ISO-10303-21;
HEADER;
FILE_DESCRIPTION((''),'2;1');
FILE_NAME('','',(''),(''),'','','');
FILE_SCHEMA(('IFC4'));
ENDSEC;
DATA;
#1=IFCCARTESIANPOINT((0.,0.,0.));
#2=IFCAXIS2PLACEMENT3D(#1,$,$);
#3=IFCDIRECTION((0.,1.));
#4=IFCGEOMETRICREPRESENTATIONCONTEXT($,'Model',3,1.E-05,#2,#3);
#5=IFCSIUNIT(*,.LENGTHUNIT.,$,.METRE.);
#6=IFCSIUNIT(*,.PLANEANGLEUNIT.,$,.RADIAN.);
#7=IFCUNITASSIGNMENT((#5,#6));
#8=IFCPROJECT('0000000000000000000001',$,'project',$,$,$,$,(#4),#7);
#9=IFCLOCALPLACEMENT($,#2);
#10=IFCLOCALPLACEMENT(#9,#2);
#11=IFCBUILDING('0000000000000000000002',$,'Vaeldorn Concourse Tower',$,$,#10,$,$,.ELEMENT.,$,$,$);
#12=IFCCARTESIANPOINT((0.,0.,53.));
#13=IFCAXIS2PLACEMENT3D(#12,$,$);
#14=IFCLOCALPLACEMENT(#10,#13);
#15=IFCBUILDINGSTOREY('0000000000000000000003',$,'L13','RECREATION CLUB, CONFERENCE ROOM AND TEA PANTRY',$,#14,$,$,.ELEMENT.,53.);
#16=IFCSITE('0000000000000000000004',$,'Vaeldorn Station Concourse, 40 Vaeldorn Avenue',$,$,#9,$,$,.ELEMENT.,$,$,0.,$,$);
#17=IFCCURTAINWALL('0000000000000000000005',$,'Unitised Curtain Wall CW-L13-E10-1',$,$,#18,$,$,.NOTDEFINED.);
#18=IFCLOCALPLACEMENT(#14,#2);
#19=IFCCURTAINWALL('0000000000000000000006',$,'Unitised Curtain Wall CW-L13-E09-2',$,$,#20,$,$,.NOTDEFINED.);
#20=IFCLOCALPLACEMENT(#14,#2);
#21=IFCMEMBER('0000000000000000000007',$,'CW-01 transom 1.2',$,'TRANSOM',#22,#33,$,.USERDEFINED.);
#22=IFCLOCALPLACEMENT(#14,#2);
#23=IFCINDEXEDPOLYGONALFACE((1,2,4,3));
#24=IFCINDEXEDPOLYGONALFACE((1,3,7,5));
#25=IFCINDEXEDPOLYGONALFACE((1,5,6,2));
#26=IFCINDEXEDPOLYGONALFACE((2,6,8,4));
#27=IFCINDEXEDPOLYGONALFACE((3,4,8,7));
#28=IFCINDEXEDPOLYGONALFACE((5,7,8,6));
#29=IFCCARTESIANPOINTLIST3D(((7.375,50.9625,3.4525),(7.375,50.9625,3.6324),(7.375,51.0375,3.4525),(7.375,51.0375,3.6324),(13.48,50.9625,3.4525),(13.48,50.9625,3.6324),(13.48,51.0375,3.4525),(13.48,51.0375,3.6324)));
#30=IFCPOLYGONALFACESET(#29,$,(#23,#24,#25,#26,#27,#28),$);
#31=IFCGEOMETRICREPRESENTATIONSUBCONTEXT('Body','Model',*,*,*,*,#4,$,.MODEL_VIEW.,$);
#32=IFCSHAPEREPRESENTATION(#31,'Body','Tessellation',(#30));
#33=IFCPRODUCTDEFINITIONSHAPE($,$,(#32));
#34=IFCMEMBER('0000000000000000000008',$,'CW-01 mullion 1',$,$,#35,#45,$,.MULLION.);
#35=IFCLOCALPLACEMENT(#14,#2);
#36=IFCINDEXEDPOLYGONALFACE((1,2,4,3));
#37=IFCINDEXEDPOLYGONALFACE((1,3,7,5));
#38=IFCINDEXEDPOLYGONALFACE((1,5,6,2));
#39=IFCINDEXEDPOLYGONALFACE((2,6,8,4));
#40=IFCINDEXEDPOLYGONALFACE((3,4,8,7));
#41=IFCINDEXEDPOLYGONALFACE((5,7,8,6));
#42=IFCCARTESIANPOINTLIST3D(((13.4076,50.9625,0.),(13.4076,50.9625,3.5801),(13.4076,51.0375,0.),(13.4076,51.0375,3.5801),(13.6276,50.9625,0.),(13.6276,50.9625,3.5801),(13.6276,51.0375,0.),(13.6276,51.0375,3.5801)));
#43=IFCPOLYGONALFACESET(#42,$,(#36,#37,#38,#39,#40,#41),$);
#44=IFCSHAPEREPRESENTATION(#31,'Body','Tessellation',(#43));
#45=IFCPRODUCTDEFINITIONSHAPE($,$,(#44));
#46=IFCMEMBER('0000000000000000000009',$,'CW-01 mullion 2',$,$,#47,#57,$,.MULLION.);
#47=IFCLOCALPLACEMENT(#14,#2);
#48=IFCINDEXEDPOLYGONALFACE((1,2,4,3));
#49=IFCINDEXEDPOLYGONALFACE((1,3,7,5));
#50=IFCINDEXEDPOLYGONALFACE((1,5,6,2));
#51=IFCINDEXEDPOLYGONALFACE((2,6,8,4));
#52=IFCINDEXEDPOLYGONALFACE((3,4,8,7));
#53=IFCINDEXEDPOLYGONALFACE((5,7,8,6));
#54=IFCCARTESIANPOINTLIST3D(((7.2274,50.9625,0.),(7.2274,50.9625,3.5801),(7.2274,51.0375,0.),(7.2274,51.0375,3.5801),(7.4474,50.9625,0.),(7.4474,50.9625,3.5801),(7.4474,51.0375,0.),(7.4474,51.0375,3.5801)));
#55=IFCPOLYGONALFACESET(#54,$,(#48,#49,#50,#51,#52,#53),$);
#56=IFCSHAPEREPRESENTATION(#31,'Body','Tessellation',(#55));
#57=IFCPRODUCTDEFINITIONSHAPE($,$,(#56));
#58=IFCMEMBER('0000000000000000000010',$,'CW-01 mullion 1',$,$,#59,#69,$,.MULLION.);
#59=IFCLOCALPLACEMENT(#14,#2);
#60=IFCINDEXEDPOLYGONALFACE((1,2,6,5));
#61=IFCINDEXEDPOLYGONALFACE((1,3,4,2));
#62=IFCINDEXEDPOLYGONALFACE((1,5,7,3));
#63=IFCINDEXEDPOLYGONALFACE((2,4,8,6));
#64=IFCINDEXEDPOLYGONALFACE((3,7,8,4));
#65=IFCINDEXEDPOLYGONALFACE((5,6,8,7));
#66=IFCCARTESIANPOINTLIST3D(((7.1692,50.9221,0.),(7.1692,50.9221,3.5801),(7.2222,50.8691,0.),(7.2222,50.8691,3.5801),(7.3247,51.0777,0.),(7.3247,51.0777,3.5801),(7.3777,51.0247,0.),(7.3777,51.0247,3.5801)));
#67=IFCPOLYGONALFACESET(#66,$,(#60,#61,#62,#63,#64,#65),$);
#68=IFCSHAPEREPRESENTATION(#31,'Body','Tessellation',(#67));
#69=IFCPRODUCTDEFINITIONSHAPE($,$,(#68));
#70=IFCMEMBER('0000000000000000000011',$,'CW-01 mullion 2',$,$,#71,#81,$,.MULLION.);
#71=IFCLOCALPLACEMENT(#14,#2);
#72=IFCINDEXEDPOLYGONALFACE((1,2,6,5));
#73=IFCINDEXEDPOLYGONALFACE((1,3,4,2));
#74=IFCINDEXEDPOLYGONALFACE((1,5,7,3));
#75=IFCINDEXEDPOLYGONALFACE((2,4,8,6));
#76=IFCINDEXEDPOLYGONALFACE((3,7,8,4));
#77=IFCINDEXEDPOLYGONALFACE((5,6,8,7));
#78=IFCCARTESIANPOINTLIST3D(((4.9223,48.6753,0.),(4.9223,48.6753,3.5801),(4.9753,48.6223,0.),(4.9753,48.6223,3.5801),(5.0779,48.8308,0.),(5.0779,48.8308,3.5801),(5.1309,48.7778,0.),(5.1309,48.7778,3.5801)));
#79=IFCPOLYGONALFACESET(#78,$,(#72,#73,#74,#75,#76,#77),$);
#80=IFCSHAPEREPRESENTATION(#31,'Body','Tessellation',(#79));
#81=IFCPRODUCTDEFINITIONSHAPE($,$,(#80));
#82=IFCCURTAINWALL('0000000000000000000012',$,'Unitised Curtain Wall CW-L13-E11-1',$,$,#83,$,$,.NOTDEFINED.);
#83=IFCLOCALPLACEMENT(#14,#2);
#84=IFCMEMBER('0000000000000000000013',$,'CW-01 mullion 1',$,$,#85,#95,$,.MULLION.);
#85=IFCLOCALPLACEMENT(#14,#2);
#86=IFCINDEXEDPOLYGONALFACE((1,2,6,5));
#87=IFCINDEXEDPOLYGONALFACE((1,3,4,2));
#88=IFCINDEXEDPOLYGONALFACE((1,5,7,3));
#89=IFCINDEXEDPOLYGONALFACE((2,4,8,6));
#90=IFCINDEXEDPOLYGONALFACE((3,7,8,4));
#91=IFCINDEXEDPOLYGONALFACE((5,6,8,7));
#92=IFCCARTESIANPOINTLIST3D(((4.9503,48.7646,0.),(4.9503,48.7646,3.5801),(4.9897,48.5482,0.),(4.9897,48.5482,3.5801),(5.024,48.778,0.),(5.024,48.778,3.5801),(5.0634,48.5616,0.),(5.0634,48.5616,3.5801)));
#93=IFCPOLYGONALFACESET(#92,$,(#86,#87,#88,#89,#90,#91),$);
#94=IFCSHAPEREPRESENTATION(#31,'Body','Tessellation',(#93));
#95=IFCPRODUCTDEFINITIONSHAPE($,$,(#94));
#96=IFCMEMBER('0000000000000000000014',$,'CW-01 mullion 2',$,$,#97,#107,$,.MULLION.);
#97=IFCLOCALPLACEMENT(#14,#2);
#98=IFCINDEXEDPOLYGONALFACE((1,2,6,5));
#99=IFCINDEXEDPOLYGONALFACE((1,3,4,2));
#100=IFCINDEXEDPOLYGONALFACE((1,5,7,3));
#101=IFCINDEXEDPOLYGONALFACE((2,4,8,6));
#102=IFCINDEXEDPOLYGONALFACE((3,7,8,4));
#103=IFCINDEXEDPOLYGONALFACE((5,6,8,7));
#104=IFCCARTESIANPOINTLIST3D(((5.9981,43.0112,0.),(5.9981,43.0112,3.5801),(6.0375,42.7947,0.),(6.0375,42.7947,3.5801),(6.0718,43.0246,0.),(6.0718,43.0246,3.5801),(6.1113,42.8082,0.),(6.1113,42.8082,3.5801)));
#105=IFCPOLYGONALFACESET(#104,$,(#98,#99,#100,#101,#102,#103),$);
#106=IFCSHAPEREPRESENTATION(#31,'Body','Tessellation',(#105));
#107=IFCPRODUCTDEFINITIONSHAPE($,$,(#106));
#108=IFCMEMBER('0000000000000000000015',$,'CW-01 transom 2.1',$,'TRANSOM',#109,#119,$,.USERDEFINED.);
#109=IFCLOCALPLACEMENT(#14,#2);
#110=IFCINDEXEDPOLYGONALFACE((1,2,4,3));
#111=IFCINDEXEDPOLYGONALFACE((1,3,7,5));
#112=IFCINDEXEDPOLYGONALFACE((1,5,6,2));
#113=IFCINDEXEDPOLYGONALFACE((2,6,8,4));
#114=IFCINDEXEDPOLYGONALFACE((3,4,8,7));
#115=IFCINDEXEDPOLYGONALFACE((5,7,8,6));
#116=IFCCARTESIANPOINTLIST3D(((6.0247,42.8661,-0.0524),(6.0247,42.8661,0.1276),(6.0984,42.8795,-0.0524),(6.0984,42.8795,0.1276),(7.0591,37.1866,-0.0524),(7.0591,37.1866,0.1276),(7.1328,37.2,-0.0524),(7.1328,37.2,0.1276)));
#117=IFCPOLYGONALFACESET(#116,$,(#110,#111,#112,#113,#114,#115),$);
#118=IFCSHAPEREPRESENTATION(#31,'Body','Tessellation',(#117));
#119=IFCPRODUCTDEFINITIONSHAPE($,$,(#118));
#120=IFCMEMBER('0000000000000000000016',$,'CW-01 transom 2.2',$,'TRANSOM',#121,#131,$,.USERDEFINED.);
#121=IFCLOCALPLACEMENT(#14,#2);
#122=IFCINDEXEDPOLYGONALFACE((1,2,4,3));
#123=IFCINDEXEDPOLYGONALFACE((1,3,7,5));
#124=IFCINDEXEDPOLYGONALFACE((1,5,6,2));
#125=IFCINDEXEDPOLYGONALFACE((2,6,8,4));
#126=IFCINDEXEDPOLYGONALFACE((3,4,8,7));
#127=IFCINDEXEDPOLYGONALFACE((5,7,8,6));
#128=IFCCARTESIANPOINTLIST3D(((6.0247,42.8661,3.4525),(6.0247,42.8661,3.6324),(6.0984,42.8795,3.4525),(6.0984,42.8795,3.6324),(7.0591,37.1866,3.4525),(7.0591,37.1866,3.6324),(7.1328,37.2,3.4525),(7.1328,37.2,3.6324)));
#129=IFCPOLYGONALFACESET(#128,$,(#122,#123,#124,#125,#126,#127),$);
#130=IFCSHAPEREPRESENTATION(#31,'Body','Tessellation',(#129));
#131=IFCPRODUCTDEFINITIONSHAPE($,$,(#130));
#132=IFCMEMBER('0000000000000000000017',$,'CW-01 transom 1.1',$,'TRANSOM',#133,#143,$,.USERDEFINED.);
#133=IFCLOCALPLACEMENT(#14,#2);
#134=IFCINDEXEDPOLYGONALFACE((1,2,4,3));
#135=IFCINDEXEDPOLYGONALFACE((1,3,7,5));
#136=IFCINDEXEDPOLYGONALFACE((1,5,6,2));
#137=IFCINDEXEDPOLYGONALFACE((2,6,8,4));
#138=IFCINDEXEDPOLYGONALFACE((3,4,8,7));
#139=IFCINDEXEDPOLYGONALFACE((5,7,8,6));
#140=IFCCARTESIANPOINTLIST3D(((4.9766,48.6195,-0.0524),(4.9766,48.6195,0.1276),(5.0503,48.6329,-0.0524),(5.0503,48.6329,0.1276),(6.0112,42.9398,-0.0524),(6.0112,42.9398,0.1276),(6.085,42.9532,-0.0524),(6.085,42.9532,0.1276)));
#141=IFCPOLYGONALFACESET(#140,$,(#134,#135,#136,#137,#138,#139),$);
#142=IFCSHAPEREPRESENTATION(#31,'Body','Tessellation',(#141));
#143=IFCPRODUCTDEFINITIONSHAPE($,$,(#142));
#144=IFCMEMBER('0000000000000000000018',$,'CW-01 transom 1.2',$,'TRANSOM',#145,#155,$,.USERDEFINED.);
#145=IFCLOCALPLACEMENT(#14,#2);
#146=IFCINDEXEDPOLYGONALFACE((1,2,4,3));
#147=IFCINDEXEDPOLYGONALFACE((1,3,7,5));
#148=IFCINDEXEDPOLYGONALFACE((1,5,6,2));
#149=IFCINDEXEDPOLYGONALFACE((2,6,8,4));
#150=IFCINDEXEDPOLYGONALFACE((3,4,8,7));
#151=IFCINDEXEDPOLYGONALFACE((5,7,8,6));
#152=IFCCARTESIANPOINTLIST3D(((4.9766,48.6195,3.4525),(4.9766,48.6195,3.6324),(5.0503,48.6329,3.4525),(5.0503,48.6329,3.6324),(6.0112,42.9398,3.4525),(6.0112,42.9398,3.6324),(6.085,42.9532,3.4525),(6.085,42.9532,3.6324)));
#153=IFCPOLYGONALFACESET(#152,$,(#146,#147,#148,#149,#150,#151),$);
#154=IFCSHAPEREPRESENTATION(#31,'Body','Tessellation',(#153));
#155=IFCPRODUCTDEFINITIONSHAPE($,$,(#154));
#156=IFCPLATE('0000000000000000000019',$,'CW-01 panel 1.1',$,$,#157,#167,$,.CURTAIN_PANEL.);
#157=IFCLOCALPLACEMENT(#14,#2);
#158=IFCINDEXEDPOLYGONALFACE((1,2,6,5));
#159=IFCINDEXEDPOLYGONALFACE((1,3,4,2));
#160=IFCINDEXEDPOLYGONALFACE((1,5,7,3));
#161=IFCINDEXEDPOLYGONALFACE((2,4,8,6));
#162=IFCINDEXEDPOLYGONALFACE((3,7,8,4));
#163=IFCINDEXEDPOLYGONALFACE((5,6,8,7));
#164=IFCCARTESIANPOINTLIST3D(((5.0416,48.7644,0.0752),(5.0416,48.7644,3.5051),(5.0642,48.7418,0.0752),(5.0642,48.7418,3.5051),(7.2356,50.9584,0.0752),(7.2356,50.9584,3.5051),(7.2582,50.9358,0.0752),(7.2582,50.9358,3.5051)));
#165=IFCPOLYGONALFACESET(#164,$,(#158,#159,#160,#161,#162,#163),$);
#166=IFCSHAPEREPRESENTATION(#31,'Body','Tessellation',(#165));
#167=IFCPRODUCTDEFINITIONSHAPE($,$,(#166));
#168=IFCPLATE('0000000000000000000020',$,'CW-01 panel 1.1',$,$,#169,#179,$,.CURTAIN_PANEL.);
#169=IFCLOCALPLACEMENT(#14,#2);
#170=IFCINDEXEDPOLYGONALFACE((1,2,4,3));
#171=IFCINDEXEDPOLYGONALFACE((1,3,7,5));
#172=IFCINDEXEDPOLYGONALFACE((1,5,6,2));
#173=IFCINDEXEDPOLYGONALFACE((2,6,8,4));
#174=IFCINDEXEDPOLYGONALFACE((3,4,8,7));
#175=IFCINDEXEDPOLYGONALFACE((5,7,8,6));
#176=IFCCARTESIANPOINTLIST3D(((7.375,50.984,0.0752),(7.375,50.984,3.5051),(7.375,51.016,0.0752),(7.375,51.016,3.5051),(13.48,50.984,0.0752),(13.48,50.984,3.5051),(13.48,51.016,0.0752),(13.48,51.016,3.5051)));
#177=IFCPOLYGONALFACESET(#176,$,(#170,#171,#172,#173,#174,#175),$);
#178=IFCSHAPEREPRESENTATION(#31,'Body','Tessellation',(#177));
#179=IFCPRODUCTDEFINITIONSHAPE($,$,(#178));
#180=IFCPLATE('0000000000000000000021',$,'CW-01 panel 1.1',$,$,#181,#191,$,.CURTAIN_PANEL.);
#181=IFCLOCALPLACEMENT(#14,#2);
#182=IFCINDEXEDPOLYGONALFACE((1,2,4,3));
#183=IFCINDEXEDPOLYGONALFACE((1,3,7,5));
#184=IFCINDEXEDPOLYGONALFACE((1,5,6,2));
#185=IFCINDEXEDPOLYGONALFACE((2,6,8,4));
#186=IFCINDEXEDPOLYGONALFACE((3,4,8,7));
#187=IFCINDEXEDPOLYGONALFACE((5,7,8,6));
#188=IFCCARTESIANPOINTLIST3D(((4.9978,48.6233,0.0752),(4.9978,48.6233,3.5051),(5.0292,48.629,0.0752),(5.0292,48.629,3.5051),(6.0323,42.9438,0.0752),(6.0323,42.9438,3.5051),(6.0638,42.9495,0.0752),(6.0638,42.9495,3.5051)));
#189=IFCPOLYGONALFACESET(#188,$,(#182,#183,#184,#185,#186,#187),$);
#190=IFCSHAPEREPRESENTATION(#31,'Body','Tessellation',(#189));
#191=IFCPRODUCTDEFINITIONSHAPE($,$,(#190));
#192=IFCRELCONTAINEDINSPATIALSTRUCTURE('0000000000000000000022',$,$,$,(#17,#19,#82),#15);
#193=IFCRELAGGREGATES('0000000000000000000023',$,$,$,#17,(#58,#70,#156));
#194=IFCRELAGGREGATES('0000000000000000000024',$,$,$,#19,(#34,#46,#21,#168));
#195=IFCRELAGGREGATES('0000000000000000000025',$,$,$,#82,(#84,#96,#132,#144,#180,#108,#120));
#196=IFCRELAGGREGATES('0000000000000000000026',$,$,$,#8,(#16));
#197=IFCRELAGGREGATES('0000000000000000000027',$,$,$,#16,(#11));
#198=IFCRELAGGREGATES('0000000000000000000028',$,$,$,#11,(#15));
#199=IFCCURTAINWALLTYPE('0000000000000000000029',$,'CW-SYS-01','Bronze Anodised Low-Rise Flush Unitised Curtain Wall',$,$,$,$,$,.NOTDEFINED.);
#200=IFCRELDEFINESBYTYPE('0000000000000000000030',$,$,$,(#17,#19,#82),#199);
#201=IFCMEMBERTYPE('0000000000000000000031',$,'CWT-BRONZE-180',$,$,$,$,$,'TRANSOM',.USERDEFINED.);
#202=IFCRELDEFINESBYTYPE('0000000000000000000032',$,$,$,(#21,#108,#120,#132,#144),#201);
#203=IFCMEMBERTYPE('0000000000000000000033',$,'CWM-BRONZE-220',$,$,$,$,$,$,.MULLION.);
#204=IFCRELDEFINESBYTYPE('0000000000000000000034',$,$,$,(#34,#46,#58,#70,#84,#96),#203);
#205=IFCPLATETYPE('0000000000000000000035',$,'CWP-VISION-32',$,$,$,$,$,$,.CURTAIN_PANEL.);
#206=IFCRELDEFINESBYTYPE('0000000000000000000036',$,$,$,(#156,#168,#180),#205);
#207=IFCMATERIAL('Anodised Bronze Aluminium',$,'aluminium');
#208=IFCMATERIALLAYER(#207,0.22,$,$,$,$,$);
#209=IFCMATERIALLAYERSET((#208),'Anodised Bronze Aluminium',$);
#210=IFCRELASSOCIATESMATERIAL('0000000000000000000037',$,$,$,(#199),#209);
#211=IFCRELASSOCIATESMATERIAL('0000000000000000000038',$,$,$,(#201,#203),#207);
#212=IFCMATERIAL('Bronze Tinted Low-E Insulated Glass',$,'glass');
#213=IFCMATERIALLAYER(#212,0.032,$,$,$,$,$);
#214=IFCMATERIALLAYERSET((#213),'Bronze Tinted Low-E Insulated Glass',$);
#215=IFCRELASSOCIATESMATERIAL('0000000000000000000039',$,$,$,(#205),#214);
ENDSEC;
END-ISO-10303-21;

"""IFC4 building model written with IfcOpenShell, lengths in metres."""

from ifc_helpers import new_model, si_unit, direction, frame, origin, origin_2d, place, context, subcontext, project, spatial, rectangle, extrude, source, transform, mapped, material, layer, layer_set, material_profile, profile_set, type_object, element, aggregate, save


model = new_model("IFC4")

# Units and contexts
model_context = context("Model", 3, precision=1e-05, world=origin(), true_north=direction((0.0, 1.0)))
body_context = subcontext(model_context, "Body", "Model", "MODEL_VIEW")
ifc_project = project(units=[si_unit("LENGTHUNIT", "METRE"), si_unit("PLANEANGLEUNIT", "RADIAN")], contexts=[model_context])

# Site, building, storey
site_placement = place(None, origin())
site = spatial("IfcSite", under=ifc_project, at=site_placement, Name="Vaeldorn Station Concourse, 40 Vaeldorn Avenue", CompositionType="ELEMENT", RefElevation=0.0)
building_placement = place(site_placement, origin())
building = spatial("IfcBuilding", under=site, at=building_placement, Name="Vaeldorn Concourse Tower", CompositionType="ELEMENT")
storey_placement = place(building_placement, frame((0.0, 0.0, 53.0)))
storey = spatial("IfcBuildingStorey", under=building, at=storey_placement, Name="L13", Description="RECREATION CLUB, CONFERENCE ROOM AND TEA PANTRY", CompositionType="ELEMENT", Elevation=53.0)

# Curtain walls, members
ifc_material_1 = material(Name="Anodised Bronze Aluminium", Category="aluminium")
ifc_layer_1 = layer(ifc_material_1, 0.22)
ifc_layer_set_1 = layer_set([ifc_layer_1], Name="Anodised Bronze Aluminium")
curtain_wall_type = type_object("IfcCurtainWallType", Name="CW-SYS-01", Description="Bronze Anodised Low-Rise Flush Unitised Curtain Wall", PredefinedType="NOTDEFINED", material=ifc_layer_set_1)
curtain_wall_1_placement = place(storey_placement, origin())
curtain_wall_1 = element("IfcCurtainWall", 1, at=curtain_wall_1_placement, inside=storey, type_object=curtain_wall_type, Name="Unitised Curtain Wall CW-L13-E10-1", PredefinedType="NOTDEFINED")
ifc_material_profile_1 = material_profile(ifc_material_1, rectangle(XDim=0.075, YDim=0.1799, at=origin_2d()), Name="CWT 75x180")
ifc_profile_set_1 = profile_set([ifc_material_profile_1], Name="Anodised Bronze Aluminium")
member_type_1 = type_object("IfcMemberType", Name="CWT-BRONZE-180", ElementType="TRANSOM", PredefinedType="USERDEFINED", material=ifc_profile_set_1)
curtain_wall_2_placement = place(storey_placement, origin())
curtain_wall_2 = element("IfcCurtainWall", 2, at=curtain_wall_2_placement, inside=storey, type_object=curtain_wall_type, Name="Unitised Curtain Wall CW-L13-E09-2", PredefinedType="NOTDEFINED")
shared_shape_1 = source(origin(), body_context, "Body", "SweptSolid", [
    extrude(rectangle(XDim=0.075, YDim=0.1799, at=origin_2d()), origin(), (0.0, 0.0, 1.0), 6.105),
])
member_1_placement = place(storey_placement, frame((13.48, 51.0, 3.5425), z_axis=(-1.0, 0.0, 0.0), x_axis=(0.0, -1.0, 0.0)))
member_1 = element("IfcMember", 3, at=member_1_placement, type_object=member_type_1, Name="CW-01 transom 1.2", ObjectType="TRANSOM", PredefinedType="USERDEFINED", context=body_context, shape_type="MappedRepresentation", body=[
    mapped(shared_shape_1, transform((0.0, 0.0, 0.0), scale=1.0)),
])
ifc_material_profile_2 = material_profile(ifc_material_1, rectangle(XDim=0.075, YDim=0.22, at=origin_2d()), Name="CWM 75x220")
ifc_profile_set_2 = profile_set([ifc_material_profile_2], Name="Anodised Bronze Aluminium")
member_type_2 = type_object("IfcMemberType", Name="CWM-BRONZE-220", PredefinedType="MULLION", material=ifc_profile_set_2)
shared_shape_2 = source(origin(), body_context, "Body", "SweptSolid", [
    extrude(rectangle(XDim=0.075, YDim=0.22, at=origin_2d()), origin(), (0.0, 0.0, 1.0), 3.5801),
])
member_2_placement = place(storey_placement, frame((13.5176, 51.0, 0.0), z_axis=(0.0, 0.0, 1.0), x_axis=(0.0, -1.0, 0.0)))
member_2 = element("IfcMember", 4, at=member_2_placement, type_object=member_type_2, Name="CW-01 mullion 1", PredefinedType="MULLION", context=body_context, shape_type="MappedRepresentation", body=[
    mapped(shared_shape_2, transform((0.0, 0.0, 0.0), scale=1.0)),
])
member_3_placement = place(storey_placement, frame((7.3374, 51.0, 0.0), z_axis=(0.0, 0.0, 1.0), x_axis=(0.0, -1.0, 0.0)))
member_3 = element("IfcMember", 5, at=member_3_placement, type_object=member_type_2, Name="CW-01 mullion 2", PredefinedType="MULLION", context=body_context, shape_type="MappedRepresentation", body=[
    mapped(shared_shape_2, transform((0.0, 0.0, 0.0), scale=1.0)),
])

# Members
member_4_placement = place(storey_placement, frame((7.2734, 50.9734, 0.0), z_axis=(0.0, 0.0, 1.0), x_axis=(0.707107, -0.707107, 0.0)))
member_4 = element("IfcMember", 6, at=member_4_placement, type_object=member_type_2, Name="CW-01 mullion 1", PredefinedType="MULLION", context=body_context, shape_type="MappedRepresentation", body=[
    mapped(shared_shape_2, transform((0.0, 0.0, 0.0), scale=1.0)),
])
member_5_placement = place(storey_placement, frame((5.0266, 48.7266, 0.0), z_axis=(0.0, 0.0, 1.0), x_axis=(0.707107, -0.707107, 0.0)))
member_5 = element("IfcMember", 7, at=member_5_placement, type_object=member_type_2, Name="CW-01 mullion 2", PredefinedType="MULLION", context=body_context, shape_type="MappedRepresentation", body=[
    mapped(shared_shape_2, transform((0.0, 0.0, 0.0), scale=1.0)),
])

# Curtain wall, members
curtain_wall_3_placement = place(storey_placement, origin())
curtain_wall_3 = element("IfcCurtainWall", 8, at=curtain_wall_3_placement, inside=storey, type_object=curtain_wall_type, Name="Unitised Curtain Wall CW-L13-E11-1", PredefinedType="NOTDEFINED")
member_6_placement = place(storey_placement, frame((5.0068, 48.6631, 0.0), z_axis=(0.0, 0.0, 1.0), x_axis=(0.983812, 0.179202, 0.0)))
member_6 = element("IfcMember", 9, at=member_6_placement, type_object=member_type_2, Name="CW-01 mullion 1", PredefinedType="MULLION", context=body_context, shape_type="MappedRepresentation", body=[
    mapped(shared_shape_2, transform((0.0, 0.0, 0.0), scale=1.0)),
])
member_7_placement = place(storey_placement, frame((6.0547, 42.9097, 0.0), z_axis=(0.0, 0.0, 1.0), x_axis=(0.983812, 0.179202, 0.0)))
member_7 = element("IfcMember", 10, at=member_7_placement, type_object=member_type_2, Name="CW-01 mullion 2", PredefinedType="MULLION", context=body_context, shape_type="MappedRepresentation", body=[
    mapped(shared_shape_2, transform((0.0, 0.0, 0.0), scale=1.0)),
])
shared_shape_3 = source(origin(), body_context, "Body", "SweptSolid", [
    extrude(rectangle(XDim=0.075, YDim=0.1799, at=origin_2d()), origin(), (0.0, 0.0, 1.0), 5.7729),
])
member_8_placement = place(storey_placement, frame((6.0615, 42.8728, 0.0376), z_axis=(0.179187, -0.983815, 0.0), x_axis=(0.983815, 0.179187, 0.0)))
member_8 = element("IfcMember", 11, at=member_8_placement, type_object=member_type_1, Name="CW-01 transom 2.1", ObjectType="TRANSOM", PredefinedType="USERDEFINED", context=body_context, shape_type="MappedRepresentation", body=[
    mapped(shared_shape_3, transform((0.0, 0.0, 0.0), scale=1.0)),
])
member_9_placement = place(storey_placement, frame((6.0615, 42.8728, 3.5425), z_axis=(0.179187, -0.983815, 0.0), x_axis=(0.983815, 0.179187, 0.0)))
member_9 = element("IfcMember", 12, at=member_9_placement, type_object=member_type_1, Name="CW-01 transom 2.2", ObjectType="TRANSOM", PredefinedType="USERDEFINED", context=body_context, shape_type="MappedRepresentation", body=[
    mapped(shared_shape_3, transform((0.0, 0.0, 0.0), scale=1.0)),
])
shared_shape_4 = source(origin(), body_context, "Body", "SweptSolid", [
    extrude(rectangle(XDim=0.075, YDim=0.1799, at=origin_2d()), origin(), (0.0, 0.0, 1.0), 5.7732),
])
member_10_placement = place(storey_placement, frame((5.0134, 48.6262, 0.0376), z_axis=(0.17922, -0.983809, 0.0), x_axis=(0.983809, 0.17922, 0.0)))
member_10 = element("IfcMember", 13, at=member_10_placement, type_object=member_type_1, Name="CW-01 transom 1.1", ObjectType="TRANSOM", PredefinedType="USERDEFINED", context=body_context, shape_type="MappedRepresentation", body=[
    mapped(shared_shape_4, transform((0.0, 0.0, 0.0), scale=1.0)),
])
member_11_placement = place(storey_placement, frame((5.0134, 48.6262, 3.5425), z_axis=(0.17922, -0.983809, 0.0), x_axis=(0.983809, 0.17922, 0.0)))
member_11 = element("IfcMember", 14, at=member_11_placement, type_object=member_type_1, Name="CW-01 transom 1.2", ObjectType="TRANSOM", PredefinedType="USERDEFINED", context=body_context, shape_type="MappedRepresentation", body=[
    mapped(shared_shape_4, transform((0.0, 0.0, 0.0), scale=1.0)),
])

# Plates
ifc_material_2 = material(Name="Bronze Tinted Low-E Insulated Glass", Category="glass")
ifc_layer_2 = layer(ifc_material_2, 0.032)
ifc_layer_set_2 = layer_set([ifc_layer_2], Name="Bronze Tinted Low-E Insulated Glass")
plate_type = type_object("IfcPlateType", Name="CWP-VISION-32", PredefinedType="CURTAIN_PANEL", material=ifc_layer_set_2)
shared_shape_5 = source(origin(), body_context, "Body", "SweptSolid", [
    extrude(rectangle(XDim=3.1028, YDim=0.032, at=origin_2d()), origin(), (0.0, 0.0, 1.0), 3.4299),
])
plate_1_placement = place(storey_placement, frame((6.1499, 49.8501, 0.0752), z_axis=(0.0, 0.0, 1.0), x_axis=(-0.707107, -0.707107, 0.0)))
plate_1 = element("IfcPlate", 15, at=plate_1_placement, type_object=plate_type, Name="CW-01 panel 1.1", PredefinedType="CURTAIN_PANEL", context=body_context, shape_type="MappedRepresentation", body=[
    mapped(shared_shape_5, transform((0.0, 0.0, 0.0), scale=1.0)),
])
aggregate(curtain_wall_1, [member_4, member_5, plate_1])
shared_shape_6 = source(origin(), body_context, "Body", "SweptSolid", [
    extrude(rectangle(XDim=6.105, YDim=0.032, at=origin_2d()), origin(), (0.0, 0.0, 1.0), 3.4299),
])
plate_2_placement = place(storey_placement, frame((10.4275, 51.0, 0.0752), z_axis=(0.0, 0.0, 1.0), x_axis=(-1.0, 0.0, 0.0)))
plate_2 = element("IfcPlate", 16, at=plate_2_placement, type_object=plate_type, Name="CW-01 panel 1.1", PredefinedType="CURTAIN_PANEL", context=body_context, shape_type="MappedRepresentation", body=[
    mapped(shared_shape_6, transform((0.0, 0.0, 0.0), scale=1.0)),
])
aggregate(curtain_wall_2, [member_2, member_3, member_1, plate_2])
shared_shape_7 = source(origin(), body_context, "Body", "SweptSolid", [
    extrude(rectangle(XDim=5.7729, YDim=0.032, at=origin_2d()), origin(), (0.0, 0.0, 1.0), 3.4299),
])
plate_3_placement = place(storey_placement, frame((5.5308, 45.7864, 0.0752), z_axis=(0.0, 0.0, 1.0), x_axis=(0.179202, -0.983812, 0.0)))
plate_3 = element("IfcPlate", 17, at=plate_3_placement, type_object=plate_type, Name="CW-01 panel 1.1", PredefinedType="CURTAIN_PANEL", context=body_context, shape_type="MappedRepresentation", body=[
    mapped(shared_shape_7, transform((0.0, 0.0, 0.0), scale=1.0)),
])
aggregate(curtain_wall_3, [member_6, member_7, member_10, member_11, plate_3, member_8, member_9])

save(model, "model.ifc")
